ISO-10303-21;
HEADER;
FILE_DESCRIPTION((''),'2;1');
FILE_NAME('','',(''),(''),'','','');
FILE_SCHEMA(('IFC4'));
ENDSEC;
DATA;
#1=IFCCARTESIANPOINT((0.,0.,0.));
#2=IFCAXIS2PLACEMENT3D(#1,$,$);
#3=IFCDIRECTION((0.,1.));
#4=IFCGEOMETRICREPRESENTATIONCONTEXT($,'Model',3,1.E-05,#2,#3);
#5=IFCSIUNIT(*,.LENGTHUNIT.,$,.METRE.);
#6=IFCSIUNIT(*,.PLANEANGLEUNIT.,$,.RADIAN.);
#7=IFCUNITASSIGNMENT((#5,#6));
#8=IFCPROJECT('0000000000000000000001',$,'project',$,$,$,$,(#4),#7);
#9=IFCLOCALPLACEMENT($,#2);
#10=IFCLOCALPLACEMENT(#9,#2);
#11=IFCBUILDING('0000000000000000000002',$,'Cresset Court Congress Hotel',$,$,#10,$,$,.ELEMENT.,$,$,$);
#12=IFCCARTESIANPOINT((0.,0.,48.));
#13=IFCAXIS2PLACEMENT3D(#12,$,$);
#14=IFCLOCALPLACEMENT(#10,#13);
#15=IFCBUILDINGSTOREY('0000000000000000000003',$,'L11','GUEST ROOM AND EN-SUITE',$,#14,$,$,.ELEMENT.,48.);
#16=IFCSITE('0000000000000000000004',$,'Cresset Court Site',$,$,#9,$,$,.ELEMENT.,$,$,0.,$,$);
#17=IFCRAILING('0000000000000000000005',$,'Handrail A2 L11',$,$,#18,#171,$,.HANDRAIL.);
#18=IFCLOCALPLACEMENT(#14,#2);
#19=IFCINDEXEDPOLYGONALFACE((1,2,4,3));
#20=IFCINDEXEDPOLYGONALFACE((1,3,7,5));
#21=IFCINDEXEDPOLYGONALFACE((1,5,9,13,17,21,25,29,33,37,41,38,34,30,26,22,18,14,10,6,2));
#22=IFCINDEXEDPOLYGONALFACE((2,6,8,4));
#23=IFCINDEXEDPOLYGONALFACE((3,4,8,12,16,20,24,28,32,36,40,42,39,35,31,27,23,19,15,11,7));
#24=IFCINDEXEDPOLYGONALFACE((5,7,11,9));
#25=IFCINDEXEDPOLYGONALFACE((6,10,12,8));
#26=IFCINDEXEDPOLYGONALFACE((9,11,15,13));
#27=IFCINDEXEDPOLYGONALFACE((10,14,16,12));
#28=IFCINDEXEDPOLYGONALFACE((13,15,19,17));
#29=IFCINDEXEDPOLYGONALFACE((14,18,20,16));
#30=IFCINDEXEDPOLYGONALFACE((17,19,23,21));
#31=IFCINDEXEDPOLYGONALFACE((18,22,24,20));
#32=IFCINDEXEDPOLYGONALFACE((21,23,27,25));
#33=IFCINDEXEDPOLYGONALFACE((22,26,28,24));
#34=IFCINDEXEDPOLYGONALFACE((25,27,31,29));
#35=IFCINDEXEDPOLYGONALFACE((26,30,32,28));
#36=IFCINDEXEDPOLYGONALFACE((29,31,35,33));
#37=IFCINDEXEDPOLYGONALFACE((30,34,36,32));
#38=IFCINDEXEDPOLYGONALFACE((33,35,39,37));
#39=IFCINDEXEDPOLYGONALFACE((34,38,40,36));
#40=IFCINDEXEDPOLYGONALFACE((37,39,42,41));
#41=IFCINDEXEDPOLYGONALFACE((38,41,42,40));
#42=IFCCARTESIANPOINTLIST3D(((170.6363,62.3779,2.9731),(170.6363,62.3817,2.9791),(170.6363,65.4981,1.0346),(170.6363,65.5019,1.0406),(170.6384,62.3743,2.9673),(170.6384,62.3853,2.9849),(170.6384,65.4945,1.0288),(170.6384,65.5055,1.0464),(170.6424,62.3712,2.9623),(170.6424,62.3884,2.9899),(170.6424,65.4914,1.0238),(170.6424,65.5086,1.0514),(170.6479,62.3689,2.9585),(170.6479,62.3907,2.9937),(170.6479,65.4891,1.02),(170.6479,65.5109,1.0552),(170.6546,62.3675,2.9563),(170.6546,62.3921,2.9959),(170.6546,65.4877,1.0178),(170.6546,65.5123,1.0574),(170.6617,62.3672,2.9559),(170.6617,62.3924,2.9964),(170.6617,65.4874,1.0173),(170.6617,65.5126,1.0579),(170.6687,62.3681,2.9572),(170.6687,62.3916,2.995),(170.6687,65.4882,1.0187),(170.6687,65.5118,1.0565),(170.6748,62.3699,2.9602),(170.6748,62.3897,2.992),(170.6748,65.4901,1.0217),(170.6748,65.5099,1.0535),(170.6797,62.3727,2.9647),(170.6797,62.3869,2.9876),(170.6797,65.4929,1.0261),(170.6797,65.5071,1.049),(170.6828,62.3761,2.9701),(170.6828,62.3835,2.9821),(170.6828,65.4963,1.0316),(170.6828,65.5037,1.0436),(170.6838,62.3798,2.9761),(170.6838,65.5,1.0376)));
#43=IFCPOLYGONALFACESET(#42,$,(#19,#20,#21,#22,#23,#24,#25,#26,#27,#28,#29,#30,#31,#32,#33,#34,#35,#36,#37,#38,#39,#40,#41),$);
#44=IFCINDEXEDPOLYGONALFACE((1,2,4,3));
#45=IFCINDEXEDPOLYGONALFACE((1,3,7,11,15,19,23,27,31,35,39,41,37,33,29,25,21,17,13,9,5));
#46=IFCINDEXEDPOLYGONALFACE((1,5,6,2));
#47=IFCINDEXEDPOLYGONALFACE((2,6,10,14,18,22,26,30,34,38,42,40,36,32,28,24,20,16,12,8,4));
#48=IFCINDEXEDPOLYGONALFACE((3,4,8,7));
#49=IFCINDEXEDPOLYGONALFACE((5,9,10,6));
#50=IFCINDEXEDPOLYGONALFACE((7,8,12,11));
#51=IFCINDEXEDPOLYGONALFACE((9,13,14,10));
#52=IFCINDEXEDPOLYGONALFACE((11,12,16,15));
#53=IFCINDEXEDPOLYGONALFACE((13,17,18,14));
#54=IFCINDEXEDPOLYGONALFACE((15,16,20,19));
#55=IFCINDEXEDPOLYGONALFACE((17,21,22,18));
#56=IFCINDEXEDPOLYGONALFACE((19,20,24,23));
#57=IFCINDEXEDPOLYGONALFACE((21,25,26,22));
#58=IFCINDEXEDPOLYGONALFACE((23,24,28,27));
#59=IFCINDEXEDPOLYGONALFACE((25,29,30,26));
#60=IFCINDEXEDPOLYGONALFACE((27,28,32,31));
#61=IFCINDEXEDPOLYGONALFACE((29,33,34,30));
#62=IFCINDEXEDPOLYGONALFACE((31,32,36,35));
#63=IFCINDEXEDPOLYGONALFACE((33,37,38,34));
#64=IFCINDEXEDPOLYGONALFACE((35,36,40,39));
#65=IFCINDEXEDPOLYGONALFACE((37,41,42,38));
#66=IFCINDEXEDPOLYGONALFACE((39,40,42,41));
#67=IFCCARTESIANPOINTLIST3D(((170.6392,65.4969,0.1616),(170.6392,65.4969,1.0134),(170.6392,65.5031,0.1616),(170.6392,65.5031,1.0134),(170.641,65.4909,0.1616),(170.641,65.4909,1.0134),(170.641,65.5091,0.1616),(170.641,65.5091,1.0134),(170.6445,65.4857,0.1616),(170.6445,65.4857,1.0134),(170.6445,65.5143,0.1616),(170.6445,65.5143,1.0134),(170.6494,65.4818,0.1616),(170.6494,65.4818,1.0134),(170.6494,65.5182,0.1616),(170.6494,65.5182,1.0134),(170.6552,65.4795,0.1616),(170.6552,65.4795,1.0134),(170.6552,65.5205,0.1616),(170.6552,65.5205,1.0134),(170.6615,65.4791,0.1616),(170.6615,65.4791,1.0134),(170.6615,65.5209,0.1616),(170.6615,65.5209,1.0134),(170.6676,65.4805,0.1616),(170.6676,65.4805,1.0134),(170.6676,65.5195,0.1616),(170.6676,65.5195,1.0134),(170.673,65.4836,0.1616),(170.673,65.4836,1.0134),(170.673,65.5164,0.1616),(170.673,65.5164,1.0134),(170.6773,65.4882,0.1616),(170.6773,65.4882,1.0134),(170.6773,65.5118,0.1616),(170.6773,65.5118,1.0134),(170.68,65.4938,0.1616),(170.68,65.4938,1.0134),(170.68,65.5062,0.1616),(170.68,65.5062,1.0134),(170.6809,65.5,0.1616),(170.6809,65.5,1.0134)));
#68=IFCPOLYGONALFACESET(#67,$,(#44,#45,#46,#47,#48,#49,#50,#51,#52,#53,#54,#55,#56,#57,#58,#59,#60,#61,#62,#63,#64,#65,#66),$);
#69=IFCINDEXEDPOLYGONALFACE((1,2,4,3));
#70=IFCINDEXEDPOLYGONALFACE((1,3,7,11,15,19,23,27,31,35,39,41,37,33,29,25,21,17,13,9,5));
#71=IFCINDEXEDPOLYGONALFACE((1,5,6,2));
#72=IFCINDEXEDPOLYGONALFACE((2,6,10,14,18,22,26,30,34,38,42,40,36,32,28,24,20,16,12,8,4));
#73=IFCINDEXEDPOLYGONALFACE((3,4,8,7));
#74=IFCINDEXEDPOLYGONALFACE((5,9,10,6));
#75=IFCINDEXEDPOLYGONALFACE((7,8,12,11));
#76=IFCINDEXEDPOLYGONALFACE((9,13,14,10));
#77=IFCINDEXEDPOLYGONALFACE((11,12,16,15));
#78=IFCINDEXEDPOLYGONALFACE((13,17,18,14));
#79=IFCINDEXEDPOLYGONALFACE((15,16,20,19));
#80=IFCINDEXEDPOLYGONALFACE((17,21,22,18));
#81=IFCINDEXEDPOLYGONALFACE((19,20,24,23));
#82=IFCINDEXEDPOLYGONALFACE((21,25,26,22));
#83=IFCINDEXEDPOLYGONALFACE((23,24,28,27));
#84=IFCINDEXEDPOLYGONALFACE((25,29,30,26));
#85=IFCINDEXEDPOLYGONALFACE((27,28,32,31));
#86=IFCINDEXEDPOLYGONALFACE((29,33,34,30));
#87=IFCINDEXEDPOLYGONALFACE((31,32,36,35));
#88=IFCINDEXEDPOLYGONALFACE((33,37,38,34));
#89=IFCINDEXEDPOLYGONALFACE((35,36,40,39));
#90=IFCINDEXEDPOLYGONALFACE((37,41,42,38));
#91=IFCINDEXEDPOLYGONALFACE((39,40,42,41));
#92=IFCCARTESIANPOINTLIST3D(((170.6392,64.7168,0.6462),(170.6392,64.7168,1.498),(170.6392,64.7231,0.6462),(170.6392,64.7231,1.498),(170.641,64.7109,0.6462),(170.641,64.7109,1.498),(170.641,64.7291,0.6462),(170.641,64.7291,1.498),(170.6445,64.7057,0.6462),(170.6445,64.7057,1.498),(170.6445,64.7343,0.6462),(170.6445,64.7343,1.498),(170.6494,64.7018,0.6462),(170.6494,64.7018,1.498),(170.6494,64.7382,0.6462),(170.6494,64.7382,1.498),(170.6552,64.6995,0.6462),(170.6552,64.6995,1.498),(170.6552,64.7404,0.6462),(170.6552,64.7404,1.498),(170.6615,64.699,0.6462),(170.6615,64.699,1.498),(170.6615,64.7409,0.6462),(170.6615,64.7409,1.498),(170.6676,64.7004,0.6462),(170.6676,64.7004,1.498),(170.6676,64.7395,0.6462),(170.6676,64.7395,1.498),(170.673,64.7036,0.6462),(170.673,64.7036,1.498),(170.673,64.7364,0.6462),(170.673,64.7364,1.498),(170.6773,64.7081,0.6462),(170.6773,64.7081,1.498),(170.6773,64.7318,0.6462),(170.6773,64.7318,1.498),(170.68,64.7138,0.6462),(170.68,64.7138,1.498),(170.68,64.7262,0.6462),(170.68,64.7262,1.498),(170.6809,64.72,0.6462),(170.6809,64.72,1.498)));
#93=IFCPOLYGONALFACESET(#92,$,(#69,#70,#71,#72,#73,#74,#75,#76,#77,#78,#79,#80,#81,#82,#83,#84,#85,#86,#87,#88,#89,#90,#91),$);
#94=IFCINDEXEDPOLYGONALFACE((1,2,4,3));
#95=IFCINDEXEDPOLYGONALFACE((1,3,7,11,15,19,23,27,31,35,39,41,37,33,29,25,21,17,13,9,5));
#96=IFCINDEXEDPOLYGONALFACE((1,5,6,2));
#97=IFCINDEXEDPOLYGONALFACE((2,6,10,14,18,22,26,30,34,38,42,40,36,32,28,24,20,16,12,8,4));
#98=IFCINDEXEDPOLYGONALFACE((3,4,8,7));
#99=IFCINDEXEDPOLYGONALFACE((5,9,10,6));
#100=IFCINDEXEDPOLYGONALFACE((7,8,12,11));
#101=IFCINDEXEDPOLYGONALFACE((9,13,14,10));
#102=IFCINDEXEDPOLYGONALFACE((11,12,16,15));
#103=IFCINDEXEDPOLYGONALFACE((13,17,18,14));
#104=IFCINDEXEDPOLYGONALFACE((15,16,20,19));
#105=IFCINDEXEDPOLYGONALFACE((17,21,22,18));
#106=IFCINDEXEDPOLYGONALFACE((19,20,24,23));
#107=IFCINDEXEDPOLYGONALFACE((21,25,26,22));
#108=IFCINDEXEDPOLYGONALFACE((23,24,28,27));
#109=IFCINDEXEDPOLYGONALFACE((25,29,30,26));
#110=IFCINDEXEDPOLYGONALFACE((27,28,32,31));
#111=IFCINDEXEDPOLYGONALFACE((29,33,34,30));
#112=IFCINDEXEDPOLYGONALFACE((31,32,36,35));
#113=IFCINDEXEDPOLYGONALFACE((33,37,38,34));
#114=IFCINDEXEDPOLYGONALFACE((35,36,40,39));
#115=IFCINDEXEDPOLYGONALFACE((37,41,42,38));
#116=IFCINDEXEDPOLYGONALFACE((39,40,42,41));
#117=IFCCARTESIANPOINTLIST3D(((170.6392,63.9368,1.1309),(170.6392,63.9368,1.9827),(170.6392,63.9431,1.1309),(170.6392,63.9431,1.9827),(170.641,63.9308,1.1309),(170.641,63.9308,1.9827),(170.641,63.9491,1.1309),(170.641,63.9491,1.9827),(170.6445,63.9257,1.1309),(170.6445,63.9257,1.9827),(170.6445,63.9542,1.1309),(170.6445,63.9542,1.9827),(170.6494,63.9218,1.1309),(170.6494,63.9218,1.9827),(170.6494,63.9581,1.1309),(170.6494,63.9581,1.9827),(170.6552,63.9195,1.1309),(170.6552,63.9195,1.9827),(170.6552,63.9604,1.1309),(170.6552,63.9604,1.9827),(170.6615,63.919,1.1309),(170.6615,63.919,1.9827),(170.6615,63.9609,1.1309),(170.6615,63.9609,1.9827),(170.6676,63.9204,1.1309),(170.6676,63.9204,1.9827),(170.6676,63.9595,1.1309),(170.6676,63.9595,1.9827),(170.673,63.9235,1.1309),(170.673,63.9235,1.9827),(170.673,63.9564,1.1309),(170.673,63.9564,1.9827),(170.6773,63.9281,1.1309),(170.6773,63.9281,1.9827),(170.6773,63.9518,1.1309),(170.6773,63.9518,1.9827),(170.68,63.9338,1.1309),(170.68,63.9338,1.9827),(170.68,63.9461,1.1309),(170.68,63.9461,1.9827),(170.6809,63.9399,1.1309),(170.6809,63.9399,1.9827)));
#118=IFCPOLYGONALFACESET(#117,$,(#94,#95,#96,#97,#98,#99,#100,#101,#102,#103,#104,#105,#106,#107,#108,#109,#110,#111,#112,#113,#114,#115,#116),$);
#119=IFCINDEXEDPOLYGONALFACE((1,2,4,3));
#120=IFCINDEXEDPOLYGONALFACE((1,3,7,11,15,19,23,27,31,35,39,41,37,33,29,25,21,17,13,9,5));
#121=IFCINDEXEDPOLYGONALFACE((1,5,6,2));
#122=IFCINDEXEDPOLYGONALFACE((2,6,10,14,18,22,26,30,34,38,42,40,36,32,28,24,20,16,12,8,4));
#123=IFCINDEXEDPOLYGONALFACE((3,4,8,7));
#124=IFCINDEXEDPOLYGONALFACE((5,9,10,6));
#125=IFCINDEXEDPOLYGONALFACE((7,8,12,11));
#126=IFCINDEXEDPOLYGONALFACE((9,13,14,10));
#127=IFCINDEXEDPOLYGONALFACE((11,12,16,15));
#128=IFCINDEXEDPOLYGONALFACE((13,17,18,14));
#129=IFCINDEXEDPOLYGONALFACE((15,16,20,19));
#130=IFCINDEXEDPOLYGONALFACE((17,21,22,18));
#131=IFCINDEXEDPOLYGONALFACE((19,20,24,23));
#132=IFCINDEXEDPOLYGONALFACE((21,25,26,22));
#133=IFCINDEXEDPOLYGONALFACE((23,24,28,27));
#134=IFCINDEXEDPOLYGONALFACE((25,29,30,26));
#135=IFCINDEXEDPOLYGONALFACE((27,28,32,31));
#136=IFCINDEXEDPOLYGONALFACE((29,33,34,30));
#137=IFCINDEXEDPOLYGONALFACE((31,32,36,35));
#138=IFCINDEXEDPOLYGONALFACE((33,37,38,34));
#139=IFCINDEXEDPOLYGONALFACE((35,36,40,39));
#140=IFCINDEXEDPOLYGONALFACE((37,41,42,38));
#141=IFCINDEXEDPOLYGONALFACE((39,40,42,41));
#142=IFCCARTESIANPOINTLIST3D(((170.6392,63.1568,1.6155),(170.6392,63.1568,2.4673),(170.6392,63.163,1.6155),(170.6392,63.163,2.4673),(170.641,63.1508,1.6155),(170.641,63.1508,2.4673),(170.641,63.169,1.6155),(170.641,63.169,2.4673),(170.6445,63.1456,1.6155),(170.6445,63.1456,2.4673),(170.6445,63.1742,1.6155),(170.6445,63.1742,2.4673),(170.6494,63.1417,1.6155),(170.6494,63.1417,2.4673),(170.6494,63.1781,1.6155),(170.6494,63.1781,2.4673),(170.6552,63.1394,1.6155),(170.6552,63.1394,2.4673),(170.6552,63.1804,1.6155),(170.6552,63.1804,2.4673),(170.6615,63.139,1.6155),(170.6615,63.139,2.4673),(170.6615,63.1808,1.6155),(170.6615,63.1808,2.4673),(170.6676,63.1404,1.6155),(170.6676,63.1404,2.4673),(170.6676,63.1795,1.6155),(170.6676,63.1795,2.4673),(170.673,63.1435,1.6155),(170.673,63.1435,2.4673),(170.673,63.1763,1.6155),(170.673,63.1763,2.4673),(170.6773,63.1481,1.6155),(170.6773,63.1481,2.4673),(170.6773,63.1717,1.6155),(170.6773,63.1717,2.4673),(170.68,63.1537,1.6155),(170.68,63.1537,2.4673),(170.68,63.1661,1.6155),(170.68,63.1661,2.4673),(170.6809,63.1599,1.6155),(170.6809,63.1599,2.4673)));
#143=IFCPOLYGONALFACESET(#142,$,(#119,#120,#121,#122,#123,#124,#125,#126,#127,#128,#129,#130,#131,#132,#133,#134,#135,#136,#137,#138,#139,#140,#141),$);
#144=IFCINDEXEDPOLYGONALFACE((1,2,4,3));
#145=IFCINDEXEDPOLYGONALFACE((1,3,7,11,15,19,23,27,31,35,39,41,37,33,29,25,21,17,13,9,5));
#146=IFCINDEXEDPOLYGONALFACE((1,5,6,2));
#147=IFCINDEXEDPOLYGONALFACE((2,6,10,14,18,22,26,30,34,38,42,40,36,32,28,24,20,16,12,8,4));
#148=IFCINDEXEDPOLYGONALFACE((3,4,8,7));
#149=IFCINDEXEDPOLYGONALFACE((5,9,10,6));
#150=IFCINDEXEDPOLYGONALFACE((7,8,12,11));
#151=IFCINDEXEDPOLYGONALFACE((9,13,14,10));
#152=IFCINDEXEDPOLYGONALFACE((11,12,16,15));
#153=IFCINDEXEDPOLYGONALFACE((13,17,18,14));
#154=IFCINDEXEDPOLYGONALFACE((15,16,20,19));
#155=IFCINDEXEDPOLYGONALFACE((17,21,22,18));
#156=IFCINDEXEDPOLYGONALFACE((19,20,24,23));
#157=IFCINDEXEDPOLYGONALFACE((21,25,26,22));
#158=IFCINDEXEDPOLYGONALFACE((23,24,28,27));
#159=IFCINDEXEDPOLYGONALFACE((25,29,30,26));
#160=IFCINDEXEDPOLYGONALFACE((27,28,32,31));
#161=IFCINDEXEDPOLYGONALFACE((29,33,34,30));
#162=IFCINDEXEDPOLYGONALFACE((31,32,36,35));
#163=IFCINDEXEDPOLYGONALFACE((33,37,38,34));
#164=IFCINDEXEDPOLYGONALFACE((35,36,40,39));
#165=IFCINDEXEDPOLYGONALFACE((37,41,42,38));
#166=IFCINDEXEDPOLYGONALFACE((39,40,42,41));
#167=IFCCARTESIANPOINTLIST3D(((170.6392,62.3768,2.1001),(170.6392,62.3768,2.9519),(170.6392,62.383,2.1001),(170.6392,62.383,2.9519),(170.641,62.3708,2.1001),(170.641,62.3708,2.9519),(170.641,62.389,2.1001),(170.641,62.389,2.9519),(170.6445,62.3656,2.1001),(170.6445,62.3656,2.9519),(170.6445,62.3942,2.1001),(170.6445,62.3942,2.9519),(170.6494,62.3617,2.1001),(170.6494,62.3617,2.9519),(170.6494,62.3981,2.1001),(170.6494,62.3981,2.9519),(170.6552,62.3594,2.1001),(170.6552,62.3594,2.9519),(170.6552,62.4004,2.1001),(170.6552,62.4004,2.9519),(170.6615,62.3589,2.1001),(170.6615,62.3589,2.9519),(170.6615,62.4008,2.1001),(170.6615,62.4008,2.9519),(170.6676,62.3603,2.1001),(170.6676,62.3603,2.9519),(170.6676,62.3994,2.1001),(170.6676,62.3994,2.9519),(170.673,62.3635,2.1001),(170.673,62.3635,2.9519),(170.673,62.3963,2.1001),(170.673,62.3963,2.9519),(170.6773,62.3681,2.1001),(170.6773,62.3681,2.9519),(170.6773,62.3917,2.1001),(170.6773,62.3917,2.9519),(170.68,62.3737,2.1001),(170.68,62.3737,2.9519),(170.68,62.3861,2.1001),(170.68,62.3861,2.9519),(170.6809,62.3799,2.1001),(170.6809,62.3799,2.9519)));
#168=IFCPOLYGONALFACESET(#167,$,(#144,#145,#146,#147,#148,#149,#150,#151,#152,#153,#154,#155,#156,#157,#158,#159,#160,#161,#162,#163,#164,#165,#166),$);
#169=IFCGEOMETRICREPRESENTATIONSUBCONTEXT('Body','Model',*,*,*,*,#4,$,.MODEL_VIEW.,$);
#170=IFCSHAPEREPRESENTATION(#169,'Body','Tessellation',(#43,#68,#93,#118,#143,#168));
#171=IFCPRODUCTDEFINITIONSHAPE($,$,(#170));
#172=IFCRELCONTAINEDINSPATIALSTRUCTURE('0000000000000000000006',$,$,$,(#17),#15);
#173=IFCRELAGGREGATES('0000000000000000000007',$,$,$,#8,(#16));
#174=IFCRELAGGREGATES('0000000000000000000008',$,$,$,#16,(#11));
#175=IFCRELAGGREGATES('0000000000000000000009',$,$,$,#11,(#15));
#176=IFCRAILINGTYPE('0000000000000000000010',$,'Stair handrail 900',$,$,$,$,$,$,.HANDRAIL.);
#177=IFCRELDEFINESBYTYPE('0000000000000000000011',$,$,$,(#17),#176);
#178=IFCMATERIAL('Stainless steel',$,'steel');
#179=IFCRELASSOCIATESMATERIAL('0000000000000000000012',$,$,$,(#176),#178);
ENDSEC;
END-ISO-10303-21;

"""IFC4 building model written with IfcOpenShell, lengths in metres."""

from ifc_helpers import new_model, si_unit, direction, frame, origin, origin_2d, place, context, subcontext, project, spatial, circle, extrude, material, type_object, element, save


model = new_model("IFC4")

# Units and contexts
model_context = context("Model", 3, precision=1e-05, world=origin(), true_north=direction((0.0, 1.0)))
body_context = subcontext(model_context, "Body", "Model", "MODEL_VIEW")
ifc_project = project(units=[si_unit("LENGTHUNIT", "METRE"), si_unit("PLANEANGLEUNIT", "RADIAN")], contexts=[model_context])

# Site, building, storey
site_placement = place(None, origin())
site = spatial("IfcSite", under=ifc_project, at=site_placement, Name="Cresset Court Site", CompositionType="ELEMENT", RefElevation=0.0)
building_placement = place(site_placement, origin())
building = spatial("IfcBuilding", under=site, at=building_placement, Name="Cresset Court Congress Hotel", CompositionType="ELEMENT")
storey_placement = place(building_placement, frame((0.0, 0.0, 48.0)))
storey = spatial("IfcBuildingStorey", under=building, at=storey_placement, Name="L11", Description="GUEST ROOM AND EN-SUITE", CompositionType="ELEMENT", Elevation=48.0)

# Railing
ifc_material_1 = material(Name="Stainless steel", Category="steel")
railing_type_1 = type_object("IfcRailingType", Name="Stair handrail 900", PredefinedType="HANDRAIL", material=ifc_material_1)
for number, where, name in (
    (1, (170.6599, 65.5, 0.1616), "Handrail A2 L11"),
):
    element("IfcRailing", number, at=place(storey_placement, frame(where)), inside=storey, type_object=railing_type_1, Name=name, PredefinedType="HANDRAIL", context=body_context, shape_type="SweptSolid", body=[
        extrude(circle(Radius=0.0239, at=origin_2d()), frame((0.0, 0.0, 0.876), z_axis=(0.0, -0.849414, 0.527727), x_axis=(1.0, 0.0, 0.0)), (0.0, 0.0, 1.0), 3.6733),
        extrude(circle(Radius=0.021, at=origin_2d()), origin(), (0.0, 0.0, 1.0), 0.8518),
        extrude(circle(Radius=0.021, at=origin_2d()), frame((0.0, -0.78, 0.4846)), (0.0, 0.0, 1.0), 0.8518),
        extrude(circle(Radius=0.021, at=origin_2d()), frame((0.0, -1.5601, 0.9692)), (0.0, 0.0, 1.0), 0.8518),
        extrude(circle(Radius=0.021, at=origin_2d()), frame((0.0, -2.3401, 1.4539)), (0.0, 0.0, 1.0), 0.8518),
        extrude(circle(Radius=0.021, at=origin_2d()), frame((0.0, -3.1201, 1.9385)), (0.0, 0.0, 1.0), 0.8518),
    ])

save(model, "model.ifc")
